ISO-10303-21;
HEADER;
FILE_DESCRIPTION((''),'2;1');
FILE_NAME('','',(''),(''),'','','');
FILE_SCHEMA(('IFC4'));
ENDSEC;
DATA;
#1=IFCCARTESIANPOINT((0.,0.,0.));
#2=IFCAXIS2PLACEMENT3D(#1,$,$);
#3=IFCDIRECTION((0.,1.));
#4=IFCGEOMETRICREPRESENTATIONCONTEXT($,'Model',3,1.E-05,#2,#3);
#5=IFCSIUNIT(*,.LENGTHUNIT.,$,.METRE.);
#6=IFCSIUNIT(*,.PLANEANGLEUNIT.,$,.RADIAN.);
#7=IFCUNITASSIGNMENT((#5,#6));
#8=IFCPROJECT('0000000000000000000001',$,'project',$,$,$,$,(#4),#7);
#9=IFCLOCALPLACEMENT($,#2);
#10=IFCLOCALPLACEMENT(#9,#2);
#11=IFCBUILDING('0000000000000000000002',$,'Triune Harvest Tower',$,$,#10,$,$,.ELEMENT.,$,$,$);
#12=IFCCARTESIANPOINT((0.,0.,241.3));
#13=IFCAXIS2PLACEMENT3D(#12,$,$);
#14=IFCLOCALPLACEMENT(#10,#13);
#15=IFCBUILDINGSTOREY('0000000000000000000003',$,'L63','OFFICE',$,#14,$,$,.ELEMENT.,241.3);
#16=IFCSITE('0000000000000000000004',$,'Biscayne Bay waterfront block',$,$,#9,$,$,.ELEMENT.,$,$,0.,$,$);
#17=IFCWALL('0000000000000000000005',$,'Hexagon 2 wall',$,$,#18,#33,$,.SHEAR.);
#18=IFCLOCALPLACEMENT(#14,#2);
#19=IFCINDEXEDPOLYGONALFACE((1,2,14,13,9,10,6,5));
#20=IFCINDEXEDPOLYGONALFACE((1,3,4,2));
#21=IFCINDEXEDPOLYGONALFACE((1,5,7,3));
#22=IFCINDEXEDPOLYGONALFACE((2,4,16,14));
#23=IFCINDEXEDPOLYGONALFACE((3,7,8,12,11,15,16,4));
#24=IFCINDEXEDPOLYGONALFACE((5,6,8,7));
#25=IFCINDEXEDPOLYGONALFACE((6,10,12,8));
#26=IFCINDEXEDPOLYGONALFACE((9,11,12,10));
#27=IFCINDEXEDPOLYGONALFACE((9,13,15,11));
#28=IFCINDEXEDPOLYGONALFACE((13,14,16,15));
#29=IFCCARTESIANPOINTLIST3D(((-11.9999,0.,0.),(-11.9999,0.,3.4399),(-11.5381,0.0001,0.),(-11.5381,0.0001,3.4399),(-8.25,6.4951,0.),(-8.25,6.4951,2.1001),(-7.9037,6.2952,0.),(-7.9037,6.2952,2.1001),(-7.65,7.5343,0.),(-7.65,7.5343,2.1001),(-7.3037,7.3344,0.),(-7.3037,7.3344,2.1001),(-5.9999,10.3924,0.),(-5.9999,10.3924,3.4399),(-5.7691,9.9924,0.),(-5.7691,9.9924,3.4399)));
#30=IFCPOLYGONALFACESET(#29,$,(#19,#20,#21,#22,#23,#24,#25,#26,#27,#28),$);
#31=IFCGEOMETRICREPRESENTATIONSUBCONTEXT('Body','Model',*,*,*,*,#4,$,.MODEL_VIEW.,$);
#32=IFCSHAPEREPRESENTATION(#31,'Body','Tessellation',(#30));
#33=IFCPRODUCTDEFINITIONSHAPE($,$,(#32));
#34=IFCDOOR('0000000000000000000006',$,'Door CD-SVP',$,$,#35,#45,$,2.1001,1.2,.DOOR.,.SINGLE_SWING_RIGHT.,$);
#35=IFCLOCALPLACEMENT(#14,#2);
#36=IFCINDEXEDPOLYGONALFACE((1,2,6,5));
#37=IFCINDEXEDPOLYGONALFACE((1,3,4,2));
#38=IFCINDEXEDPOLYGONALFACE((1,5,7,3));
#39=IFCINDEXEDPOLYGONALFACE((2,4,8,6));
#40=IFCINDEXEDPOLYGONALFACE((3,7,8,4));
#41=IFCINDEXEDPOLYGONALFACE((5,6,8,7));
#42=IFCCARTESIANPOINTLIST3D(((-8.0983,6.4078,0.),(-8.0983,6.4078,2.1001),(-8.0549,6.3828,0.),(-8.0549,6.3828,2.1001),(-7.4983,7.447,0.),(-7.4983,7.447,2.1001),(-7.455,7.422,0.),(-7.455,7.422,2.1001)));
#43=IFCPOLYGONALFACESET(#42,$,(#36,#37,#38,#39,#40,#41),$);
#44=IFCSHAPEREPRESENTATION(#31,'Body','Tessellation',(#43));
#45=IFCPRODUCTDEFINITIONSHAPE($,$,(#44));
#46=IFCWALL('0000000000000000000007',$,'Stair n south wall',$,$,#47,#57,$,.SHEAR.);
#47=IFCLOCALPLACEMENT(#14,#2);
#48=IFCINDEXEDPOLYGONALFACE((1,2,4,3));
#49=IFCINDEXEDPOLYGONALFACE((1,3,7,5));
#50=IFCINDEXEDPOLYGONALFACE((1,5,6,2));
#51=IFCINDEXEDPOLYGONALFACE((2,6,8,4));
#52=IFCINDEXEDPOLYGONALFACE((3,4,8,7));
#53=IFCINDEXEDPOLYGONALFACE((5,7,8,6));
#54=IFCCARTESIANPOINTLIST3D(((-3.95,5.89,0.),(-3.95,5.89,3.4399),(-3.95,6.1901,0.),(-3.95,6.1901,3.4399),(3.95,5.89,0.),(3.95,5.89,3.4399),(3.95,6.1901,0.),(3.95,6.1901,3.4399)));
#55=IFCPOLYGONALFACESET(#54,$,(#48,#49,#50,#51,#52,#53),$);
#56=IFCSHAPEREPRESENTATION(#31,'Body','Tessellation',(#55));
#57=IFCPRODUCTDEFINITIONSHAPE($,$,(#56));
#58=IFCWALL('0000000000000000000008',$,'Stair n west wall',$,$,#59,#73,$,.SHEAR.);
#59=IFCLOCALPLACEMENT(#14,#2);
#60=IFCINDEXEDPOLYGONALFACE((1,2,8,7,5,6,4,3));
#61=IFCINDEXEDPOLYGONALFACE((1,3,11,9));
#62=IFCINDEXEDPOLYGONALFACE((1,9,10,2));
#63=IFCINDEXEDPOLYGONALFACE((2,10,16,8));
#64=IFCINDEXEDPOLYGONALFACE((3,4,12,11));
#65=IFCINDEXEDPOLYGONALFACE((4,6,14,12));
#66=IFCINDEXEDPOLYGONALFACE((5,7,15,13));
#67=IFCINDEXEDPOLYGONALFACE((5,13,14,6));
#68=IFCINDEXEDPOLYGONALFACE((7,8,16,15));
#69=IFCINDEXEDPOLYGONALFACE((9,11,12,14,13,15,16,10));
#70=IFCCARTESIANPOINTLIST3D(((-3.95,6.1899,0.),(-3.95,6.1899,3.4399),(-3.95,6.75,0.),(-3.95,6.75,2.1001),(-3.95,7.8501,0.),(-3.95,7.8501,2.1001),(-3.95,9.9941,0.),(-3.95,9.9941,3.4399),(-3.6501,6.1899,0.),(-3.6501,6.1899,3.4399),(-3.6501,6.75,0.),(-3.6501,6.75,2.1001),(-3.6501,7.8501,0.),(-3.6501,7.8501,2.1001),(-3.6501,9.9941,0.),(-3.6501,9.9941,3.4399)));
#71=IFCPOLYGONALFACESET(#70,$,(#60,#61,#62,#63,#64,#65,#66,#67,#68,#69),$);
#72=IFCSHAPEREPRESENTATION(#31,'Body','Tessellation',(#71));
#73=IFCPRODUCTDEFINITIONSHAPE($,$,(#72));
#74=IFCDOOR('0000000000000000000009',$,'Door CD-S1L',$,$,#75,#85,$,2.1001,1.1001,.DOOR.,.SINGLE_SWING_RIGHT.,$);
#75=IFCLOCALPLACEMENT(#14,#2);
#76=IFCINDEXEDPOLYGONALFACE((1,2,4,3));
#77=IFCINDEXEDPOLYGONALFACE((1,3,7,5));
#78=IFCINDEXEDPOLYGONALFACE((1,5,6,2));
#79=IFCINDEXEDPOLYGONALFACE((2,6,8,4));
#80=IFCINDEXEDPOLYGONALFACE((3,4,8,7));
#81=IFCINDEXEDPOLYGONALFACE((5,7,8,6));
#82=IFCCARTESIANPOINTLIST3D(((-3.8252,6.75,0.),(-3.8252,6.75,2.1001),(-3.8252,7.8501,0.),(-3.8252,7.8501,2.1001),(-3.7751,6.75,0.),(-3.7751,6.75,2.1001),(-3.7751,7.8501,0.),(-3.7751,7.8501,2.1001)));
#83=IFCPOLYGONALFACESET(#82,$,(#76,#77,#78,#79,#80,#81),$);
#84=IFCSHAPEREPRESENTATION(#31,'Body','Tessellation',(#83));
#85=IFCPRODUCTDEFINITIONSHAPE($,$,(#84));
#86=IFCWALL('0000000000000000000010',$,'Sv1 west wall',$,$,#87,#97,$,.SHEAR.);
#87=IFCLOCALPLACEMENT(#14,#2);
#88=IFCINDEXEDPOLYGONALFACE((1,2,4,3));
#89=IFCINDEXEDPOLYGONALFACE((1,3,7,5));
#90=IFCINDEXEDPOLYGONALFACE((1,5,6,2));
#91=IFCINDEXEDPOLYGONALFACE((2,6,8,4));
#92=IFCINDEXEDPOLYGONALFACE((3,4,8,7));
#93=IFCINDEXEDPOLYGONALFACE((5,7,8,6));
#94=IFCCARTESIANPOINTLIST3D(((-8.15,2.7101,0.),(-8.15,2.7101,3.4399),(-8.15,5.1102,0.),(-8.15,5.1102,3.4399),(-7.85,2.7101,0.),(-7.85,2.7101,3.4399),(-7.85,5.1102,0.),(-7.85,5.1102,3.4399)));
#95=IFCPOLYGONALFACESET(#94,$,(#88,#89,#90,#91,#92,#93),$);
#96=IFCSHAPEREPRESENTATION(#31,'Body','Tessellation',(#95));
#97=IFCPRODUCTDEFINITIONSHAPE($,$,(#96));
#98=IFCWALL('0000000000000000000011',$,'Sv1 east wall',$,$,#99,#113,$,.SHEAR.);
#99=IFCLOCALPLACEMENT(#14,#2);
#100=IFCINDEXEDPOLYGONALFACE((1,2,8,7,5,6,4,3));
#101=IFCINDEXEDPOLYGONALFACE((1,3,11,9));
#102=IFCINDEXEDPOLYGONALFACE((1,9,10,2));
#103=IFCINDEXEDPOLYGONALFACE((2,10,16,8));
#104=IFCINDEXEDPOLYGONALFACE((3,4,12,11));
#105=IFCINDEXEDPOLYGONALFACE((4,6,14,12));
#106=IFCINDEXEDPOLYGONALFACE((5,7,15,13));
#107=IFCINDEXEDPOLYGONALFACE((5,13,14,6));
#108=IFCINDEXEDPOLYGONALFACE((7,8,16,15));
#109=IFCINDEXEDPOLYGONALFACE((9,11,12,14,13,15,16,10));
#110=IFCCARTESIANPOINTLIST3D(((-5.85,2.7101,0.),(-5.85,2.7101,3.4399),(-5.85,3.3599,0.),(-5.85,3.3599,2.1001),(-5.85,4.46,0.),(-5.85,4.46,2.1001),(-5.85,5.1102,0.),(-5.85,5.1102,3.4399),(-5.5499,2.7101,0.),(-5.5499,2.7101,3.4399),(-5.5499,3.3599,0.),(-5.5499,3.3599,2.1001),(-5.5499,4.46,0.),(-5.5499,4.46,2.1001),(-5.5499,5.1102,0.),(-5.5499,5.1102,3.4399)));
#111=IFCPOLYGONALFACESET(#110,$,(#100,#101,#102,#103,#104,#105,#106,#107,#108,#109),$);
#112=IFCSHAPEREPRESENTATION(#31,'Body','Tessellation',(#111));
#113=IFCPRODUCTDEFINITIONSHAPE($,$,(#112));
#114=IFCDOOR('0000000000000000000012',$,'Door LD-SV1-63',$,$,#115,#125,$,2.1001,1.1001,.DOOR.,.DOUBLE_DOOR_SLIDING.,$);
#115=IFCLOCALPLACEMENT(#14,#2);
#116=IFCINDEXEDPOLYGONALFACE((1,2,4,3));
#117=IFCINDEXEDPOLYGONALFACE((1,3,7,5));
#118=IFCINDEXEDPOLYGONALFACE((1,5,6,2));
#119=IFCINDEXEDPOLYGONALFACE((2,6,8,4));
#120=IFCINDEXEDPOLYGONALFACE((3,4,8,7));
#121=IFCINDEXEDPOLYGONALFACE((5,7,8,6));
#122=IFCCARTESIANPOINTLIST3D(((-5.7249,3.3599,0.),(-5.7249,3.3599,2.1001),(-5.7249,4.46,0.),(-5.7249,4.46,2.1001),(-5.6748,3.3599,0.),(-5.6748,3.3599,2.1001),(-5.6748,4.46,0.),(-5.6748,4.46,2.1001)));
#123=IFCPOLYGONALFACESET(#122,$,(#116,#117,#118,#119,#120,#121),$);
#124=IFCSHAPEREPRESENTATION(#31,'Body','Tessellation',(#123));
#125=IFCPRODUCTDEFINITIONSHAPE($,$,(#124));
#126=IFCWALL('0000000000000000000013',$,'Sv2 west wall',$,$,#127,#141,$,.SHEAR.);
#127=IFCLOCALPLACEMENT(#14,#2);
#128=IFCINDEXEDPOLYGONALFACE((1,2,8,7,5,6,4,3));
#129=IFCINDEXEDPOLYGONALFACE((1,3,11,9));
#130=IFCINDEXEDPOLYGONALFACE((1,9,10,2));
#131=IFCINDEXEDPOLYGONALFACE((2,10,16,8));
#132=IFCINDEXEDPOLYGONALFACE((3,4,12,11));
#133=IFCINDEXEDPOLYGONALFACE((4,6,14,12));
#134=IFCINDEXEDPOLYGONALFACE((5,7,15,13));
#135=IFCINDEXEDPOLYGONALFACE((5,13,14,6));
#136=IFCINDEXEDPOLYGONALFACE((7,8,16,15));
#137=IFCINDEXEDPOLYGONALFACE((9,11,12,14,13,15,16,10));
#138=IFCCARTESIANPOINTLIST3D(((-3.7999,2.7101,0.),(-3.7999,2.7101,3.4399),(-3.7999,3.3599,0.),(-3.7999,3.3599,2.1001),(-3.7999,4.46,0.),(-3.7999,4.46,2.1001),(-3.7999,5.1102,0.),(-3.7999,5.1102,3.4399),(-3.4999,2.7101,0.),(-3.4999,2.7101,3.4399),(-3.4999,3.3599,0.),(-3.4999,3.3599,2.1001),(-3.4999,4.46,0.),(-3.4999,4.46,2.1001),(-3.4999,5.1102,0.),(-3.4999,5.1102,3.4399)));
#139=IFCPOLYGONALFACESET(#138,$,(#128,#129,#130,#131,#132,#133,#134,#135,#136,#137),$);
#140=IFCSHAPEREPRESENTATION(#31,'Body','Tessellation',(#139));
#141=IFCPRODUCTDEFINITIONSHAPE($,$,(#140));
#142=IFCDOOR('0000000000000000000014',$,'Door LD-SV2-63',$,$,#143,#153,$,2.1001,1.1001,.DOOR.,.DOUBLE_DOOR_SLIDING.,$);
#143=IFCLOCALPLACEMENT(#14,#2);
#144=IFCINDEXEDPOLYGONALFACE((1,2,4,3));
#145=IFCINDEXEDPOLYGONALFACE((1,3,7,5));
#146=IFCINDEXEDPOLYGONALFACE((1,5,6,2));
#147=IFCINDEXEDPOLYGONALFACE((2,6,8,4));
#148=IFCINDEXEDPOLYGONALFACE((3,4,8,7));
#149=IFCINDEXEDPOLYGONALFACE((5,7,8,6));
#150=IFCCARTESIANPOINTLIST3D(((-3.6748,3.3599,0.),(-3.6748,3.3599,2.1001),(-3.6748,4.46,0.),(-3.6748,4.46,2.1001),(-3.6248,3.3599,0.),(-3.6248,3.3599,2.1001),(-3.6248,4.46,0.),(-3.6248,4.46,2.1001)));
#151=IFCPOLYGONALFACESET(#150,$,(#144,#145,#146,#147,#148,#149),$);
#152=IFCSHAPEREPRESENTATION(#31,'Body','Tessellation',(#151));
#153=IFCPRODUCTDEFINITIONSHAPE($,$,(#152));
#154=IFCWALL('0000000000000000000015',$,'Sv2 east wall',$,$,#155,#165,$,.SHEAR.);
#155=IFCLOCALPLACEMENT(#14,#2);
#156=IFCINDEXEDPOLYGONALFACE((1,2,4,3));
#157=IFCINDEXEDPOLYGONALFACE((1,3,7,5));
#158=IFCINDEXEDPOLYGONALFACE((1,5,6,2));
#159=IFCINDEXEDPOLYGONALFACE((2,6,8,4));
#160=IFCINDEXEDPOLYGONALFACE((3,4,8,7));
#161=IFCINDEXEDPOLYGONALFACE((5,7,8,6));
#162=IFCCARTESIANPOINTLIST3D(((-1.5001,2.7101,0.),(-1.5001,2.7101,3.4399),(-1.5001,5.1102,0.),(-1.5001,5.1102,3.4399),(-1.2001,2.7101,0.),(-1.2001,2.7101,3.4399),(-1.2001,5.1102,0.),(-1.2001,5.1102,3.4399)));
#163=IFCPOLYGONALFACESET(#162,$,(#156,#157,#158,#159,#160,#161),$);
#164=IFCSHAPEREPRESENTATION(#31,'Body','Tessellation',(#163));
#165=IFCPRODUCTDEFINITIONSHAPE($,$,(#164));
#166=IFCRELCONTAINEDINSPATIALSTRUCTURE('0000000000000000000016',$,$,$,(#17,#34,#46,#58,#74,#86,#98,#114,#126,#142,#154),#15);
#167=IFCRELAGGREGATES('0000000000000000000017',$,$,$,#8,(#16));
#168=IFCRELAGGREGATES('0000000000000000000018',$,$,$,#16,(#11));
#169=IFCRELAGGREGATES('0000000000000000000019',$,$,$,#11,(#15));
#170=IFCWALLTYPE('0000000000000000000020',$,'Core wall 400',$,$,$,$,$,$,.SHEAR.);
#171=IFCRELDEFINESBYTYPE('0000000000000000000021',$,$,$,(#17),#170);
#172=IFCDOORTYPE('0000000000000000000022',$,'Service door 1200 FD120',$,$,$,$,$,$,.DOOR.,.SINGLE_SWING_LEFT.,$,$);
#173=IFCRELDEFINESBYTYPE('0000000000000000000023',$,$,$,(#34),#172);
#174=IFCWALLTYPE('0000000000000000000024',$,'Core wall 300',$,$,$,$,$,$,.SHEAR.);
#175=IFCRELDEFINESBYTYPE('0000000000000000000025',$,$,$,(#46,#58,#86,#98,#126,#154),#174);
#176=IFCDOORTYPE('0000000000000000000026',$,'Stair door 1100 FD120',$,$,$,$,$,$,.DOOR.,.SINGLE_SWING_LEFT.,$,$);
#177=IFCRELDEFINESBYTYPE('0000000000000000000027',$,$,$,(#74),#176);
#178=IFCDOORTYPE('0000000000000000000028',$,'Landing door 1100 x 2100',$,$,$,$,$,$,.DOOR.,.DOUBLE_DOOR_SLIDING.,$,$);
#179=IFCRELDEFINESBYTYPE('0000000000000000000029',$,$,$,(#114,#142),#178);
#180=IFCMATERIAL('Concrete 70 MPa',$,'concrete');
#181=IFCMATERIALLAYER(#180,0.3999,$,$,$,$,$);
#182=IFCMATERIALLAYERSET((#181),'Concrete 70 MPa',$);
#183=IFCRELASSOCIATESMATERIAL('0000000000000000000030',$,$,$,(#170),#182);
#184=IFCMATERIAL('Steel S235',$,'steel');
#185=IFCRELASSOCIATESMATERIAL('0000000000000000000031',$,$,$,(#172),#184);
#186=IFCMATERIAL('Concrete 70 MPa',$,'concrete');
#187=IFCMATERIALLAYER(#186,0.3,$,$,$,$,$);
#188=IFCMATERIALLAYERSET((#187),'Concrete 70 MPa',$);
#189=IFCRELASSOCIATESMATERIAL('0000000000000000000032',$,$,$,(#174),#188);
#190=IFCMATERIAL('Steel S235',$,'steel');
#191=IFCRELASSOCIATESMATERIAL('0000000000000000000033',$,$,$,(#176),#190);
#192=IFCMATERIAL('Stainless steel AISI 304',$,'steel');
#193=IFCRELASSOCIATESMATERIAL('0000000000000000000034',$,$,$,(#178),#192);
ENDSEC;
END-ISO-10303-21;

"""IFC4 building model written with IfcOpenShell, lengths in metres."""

from ifc_helpers import new_model, si_unit, direction, frame, frame_2d, origin, place, context, subcontext, project, spatial, polyline, rectangle, outline, extrude, source, transform, mapped, material, layer, layer_set, type_object, element, fill, save


model = new_model("IFC4")

# Units and contexts
model_context = context("Model", 3, precision=1e-05, world=origin(), true_north=direction((0.0, 1.0)))
body_context = subcontext(model_context, "Body", "Model", "MODEL_VIEW")
ifc_project = project(units=[si_unit("LENGTHUNIT", "METRE"), si_unit("PLANEANGLEUNIT", "RADIAN")], contexts=[model_context])

# Site, building, storey
site_placement = place(None, origin())
site = spatial("IfcSite", under=ifc_project, at=site_placement, Name="Biscayne Bay waterfront block", CompositionType="ELEMENT", RefElevation=0.0)
building_placement = place(site_placement, origin())
building = spatial("IfcBuilding", under=site, at=building_placement, Name="Triune Harvest Tower", CompositionType="ELEMENT")
storey_placement = place(building_placement, frame((0.0, 0.0, 241.3)))
storey = spatial("IfcBuildingStorey", under=building, at=storey_placement, Name="L63", Description="OFFICE", CompositionType="ELEMENT", Elevation=241.3)

# Wall, opening, door
ifc_material_1 = material(Name="Concrete 70 MPa", Category="concrete")
ifc_layer_1 = layer(ifc_material_1, 0.3999)
ifc_layer_set_1 = layer_set([ifc_layer_1], Name="Concrete 70 MPa")
wall_type_1 = type_object("IfcWallType", Name="Core wall 400", PredefinedType="SHEAR", material=ifc_layer_set_1)
shared_shape_1 = source(origin(), body_context, "Body", "SweptSolid", [
    extrude(outline(polyline([(-0.1155, -0.2), (11.8845, -0.2), (11.6536, 0.2), (0.1155, 0.2), (-0.1155, -0.2)])), origin(), (0.0, 0.0, 1.0), 3.4399),
])
wall_1_placement = place(storey_placement, frame((-5.8845, 10.1924, 0.0), z_axis=(0.0, 0.0, 1.0), x_axis=(-0.499997, -0.866027, 0.0)))
wall_1 = element("IfcWall", 1, at=wall_1_placement, inside=storey, type_object=wall_type_1, Name="Hexagon 2 wall", PredefinedType="SHEAR", context=body_context, shape_type="MappedRepresentation", body=[
    mapped(shared_shape_1, transform((0.0, 0.0, 0.0), scale=1.0)),
])
opening_1_placement = place(wall_1_placement, frame((3.1846, 0.0, 0.0)))
opening_1 = element("IfcOpeningElement", 2, at=opening_1_placement, cuts=wall_1, PredefinedType="OPENING", context=body_context, shape_type="SweptSolid", body=[
    extrude(rectangle(XDim=1.2, YDim=2.1001, at=frame_2d((0.6001, 1.05))), frame((0.0, 0.21, 0.0), z_axis=(0.0, -1.0, 0.0), x_axis=(1.0, 0.0, 0.0)), (0.0, 0.0, 1.0), 0.4199),
])
ifc_material_2 = material(Name="Steel S235", Category="steel")
door_type_1 = type_object("IfcDoorType", Name="Service door 1200 FD120", OperationType="SINGLE_SWING_LEFT", PredefinedType="DOOR", material=ifc_material_2)
door_1_placement = place(opening_1_placement, frame((1.2, 0.0, 0.0), z_axis=(0.0, 0.0, 1.0), x_axis=(-1.0, 0.0, 0.0)))
door_1 = element("IfcDoor", 3, at=door_1_placement, inside=storey, type_object=door_type_1, Name="Door CD-SVP", OperationType="SINGLE_SWING_RIGHT", OverallHeight=2.1001, OverallWidth=1.2, PredefinedType="DOOR", context=body_context, shape_type="SweptSolid", body=[
    extrude(rectangle(XDim=1.2, YDim=2.1001, at=frame_2d((0.6001, 1.05))), frame((0.0, 0.0249, 0.0), z_axis=(0.0, -1.0, 0.0), x_axis=(1.0, 0.0, 0.0)), (0.0, 0.0, 1.0), 0.05),
])
fill(opening_1, door_1)

# Wall
ifc_material_3 = material(Name="Concrete 70 MPa", Category="concrete")
ifc_layer_2 = layer(ifc_material_3, 0.3)
ifc_layer_set_2 = layer_set([ifc_layer_2], Name="Concrete 70 MPa")
wall_type_2 = type_object("IfcWallType", Name="Core wall 300", PredefinedType="SHEAR", material=ifc_layer_set_2)
shared_shape_2 = source(origin(), body_context, "Body", "SweptSolid", [
    extrude(rectangle(XDim=7.8999, YDim=0.3, at=frame_2d((3.95, 0.0))), origin(), (0.0, 0.0, 1.0), 3.4399),
])
wall_2_placement = place(storey_placement, frame((-3.95, 6.04, 0.0), z_axis=(0.0, 0.0, 1.0), x_axis=(1.0, 0.0, 0.0)))
element("IfcWall", 4, at=wall_2_placement, inside=storey, type_object=wall_type_2, Name="Stair n south wall", PredefinedType="SHEAR", context=body_context, shape_type="MappedRepresentation", body=[
    mapped(shared_shape_2, transform((0.0, 0.0, 0.0), scale=1.0)),
])

# Wall, opening, door
shared_shape_3 = source(origin(), body_context, "Body", "SweptSolid", [
    extrude(outline(polyline([(0.0, -0.1499), (0.0, 0.1499), (3.8042, 0.1499), (3.8042, -0.1499), (0.0, -0.1499)])), origin(), (0.0, 0.0, 1.0), 3.4399),
])
wall_3_placement = place(storey_placement, frame((-3.8, 6.1899, 0.0), z_axis=(0.0, 0.0, 1.0), x_axis=(0.0, 1.0, 0.0)))
wall_3 = element("IfcWall", 5, at=wall_3_placement, inside=storey, type_object=wall_type_2, Name="Stair n west wall", PredefinedType="SHEAR", context=body_context, shape_type="MappedRepresentation", body=[
    mapped(shared_shape_3, transform((0.0, 0.0, 0.0), scale=1.0)),
])
opening_2_placement = place(wall_3_placement, frame((0.5601, 0.0, 0.0)))
opening_2 = element("IfcOpeningElement", 6, at=opening_2_placement, cuts=wall_3, PredefinedType="OPENING", context=body_context, shape_type="SweptSolid", body=[
    extrude(rectangle(XDim=1.1001, YDim=2.1001, at=frame_2d((0.55, 1.05))), frame((0.0, 0.1602, 0.0), z_axis=(0.0, -1.0, 0.0), x_axis=(1.0, 0.0, 0.0)), (0.0, 0.0, 1.0), 0.3201),
])
ifc_material_4 = material(Name="Steel S235", Category="steel")
door_type_2 = type_object("IfcDoorType", Name="Stair door 1100 FD120", OperationType="SINGLE_SWING_LEFT", PredefinedType="DOOR", material=ifc_material_4)
door_2_placement = place(opening_2_placement, frame((1.1001, 0.0, 0.0), z_axis=(0.0, 0.0, 1.0), x_axis=(-1.0, 0.0, 0.0)))
door_2 = element("IfcDoor", 7, at=door_2_placement, inside=storey, type_object=door_type_2, Name="Door CD-S1L", OperationType="SINGLE_SWING_RIGHT", OverallHeight=2.1001, OverallWidth=1.1001, PredefinedType="DOOR", context=body_context, shape_type="SweptSolid", body=[
    extrude(rectangle(XDim=1.1001, YDim=2.1001, at=frame_2d((0.55, 1.05))), frame((0.0, 0.0249, 0.0), z_axis=(0.0, -1.0, 0.0), x_axis=(1.0, 0.0, 0.0)), (0.0, 0.0, 1.0), 0.05),
])
fill(opening_2, door_2)

# Wall
shared_shape_4 = source(origin(), body_context, "Body", "SweptSolid", [
    extrude(rectangle(XDim=2.4001, YDim=0.3, at=frame_2d((1.2002, 0.0))), origin(), (0.0, 0.0, 1.0), 3.4399),
])
wall_4_placement = place(storey_placement, frame((-8.0, 2.71, 0.0), z_axis=(0.0, 0.0, 1.0), x_axis=(0.0, 1.0, 0.0)))
element("IfcWall", 8, at=wall_4_placement, inside=storey, type_object=wall_type_2, Name="Sv1 west wall", PredefinedType="SHEAR", context=body_context, shape_type="MappedRepresentation", body=[
    mapped(shared_shape_4, transform((0.0, 0.0, 0.0), scale=1.0)),
])

# Walls, openings, doors
wall_5_placement = place(storey_placement, frame((-5.7, 2.71, 0.0), z_axis=(0.0, 0.0, 1.0), x_axis=(0.0, 1.0, 0.0)))
wall_5 = element("IfcWall", 9, at=wall_5_placement, inside=storey, type_object=wall_type_2, Name="Sv1 east wall", PredefinedType="SHEAR", context=body_context, shape_type="MappedRepresentation", body=[
    mapped(shared_shape_4, transform((0.0, 0.0, 0.0), scale=1.0)),
])
opening_3_placement = place(wall_5_placement, frame((0.6499, 0.0, 0.0)))
opening_3 = element("IfcOpeningElement", 10, at=opening_3_placement, cuts=wall_5, PredefinedType="OPENING", context=body_context, shape_type="SweptSolid", body=[
    extrude(rectangle(XDim=1.1001, YDim=2.1001, at=frame_2d((0.55, 1.05))), frame((0.0, 0.1602, 0.0), z_axis=(0.0, -1.0, 0.0), x_axis=(1.0, 0.0, 0.0)), (0.0, 0.0, 1.0), 0.3201),
])
ifc_material_5 = material(Name="Stainless steel AISI 304", Category="steel")
door_type_3 = type_object("IfcDoorType", Name="Landing door 1100 x 2100", OperationType="DOUBLE_DOOR_SLIDING", PredefinedType="DOOR", material=ifc_material_5)
door_3_placement = place(opening_3_placement, origin())
door_3 = element("IfcDoor", 11, at=door_3_placement, inside=storey, type_object=door_type_3, Name="Door LD-SV1-63", OperationType="DOUBLE_DOOR_SLIDING", OverallHeight=2.1001, OverallWidth=1.1001, PredefinedType="DOOR", context=body_context, shape_type="SweptSolid", body=[
    extrude(rectangle(XDim=1.1001, YDim=2.1001, at=frame_2d((0.55, 1.05))), frame((0.0, 0.0249, 0.0), z_axis=(0.0, -1.0, 0.0), x_axis=(1.0, 0.0, 0.0)), (0.0, 0.0, 1.0), 0.05),
])
fill(opening_3, door_3)
wall_6_placement = place(storey_placement, frame((-3.6499, 2.71, 0.0), z_axis=(0.0, 0.0, 1.0), x_axis=(0.0, 1.0, 0.0)))
wall_6 = element("IfcWall", 12, at=wall_6_placement, inside=storey, type_object=wall_type_2, Name="Sv2 west wall", PredefinedType="SHEAR", context=body_context, shape_type="MappedRepresentation", body=[
    mapped(shared_shape_4, transform((0.0, 0.0, 0.0), scale=1.0)),
])
opening_4_placement = place(wall_6_placement, frame((0.6499, 0.0, 0.0)))
opening_4 = element("IfcOpeningElement", 13, at=opening_4_placement, cuts=wall_6, PredefinedType="OPENING", context=body_context, shape_type="SweptSolid", body=[
    extrude(rectangle(XDim=1.1001, YDim=2.1001, at=frame_2d((0.55, 1.05))), frame((0.0, 0.1602, 0.0), z_axis=(0.0, -1.0, 0.0), x_axis=(1.0, 0.0, 0.0)), (0.0, 0.0, 1.0), 0.3201),
])
door_4_placement = place(opening_4_placement, origin())
door_4 = element("IfcDoor", 14, at=door_4_placement, inside=storey, type_object=door_type_3, Name="Door LD-SV2-63", OperationType="DOUBLE_DOOR_SLIDING", OverallHeight=2.1001, OverallWidth=1.1001, PredefinedType="DOOR", context=body_context, shape_type="SweptSolid", body=[
    extrude(rectangle(XDim=1.1001, YDim=2.1001, at=frame_2d((0.55, 1.05))), frame((0.0, 0.0249, 0.0), z_axis=(0.0, -1.0, 0.0), x_axis=(1.0, 0.0, 0.0)), (0.0, 0.0, 1.0), 0.05),
])
fill(opening_4, door_4)

# Wall
wall_7_placement = place(storey_placement, frame((-1.3501, 2.71, 0.0), z_axis=(0.0, 0.0, 1.0), x_axis=(0.0, 1.0, 0.0)))
element("IfcWall", 15, at=wall_7_placement, inside=storey, type_object=wall_type_2, Name="Sv2 east wall", PredefinedType="SHEAR", context=body_context, shape_type="MappedRepresentation", body=[
    mapped(shared_shape_4, transform((0.0, 0.0, 0.0), scale=1.0)),
])

save(model, "model.ifc")
